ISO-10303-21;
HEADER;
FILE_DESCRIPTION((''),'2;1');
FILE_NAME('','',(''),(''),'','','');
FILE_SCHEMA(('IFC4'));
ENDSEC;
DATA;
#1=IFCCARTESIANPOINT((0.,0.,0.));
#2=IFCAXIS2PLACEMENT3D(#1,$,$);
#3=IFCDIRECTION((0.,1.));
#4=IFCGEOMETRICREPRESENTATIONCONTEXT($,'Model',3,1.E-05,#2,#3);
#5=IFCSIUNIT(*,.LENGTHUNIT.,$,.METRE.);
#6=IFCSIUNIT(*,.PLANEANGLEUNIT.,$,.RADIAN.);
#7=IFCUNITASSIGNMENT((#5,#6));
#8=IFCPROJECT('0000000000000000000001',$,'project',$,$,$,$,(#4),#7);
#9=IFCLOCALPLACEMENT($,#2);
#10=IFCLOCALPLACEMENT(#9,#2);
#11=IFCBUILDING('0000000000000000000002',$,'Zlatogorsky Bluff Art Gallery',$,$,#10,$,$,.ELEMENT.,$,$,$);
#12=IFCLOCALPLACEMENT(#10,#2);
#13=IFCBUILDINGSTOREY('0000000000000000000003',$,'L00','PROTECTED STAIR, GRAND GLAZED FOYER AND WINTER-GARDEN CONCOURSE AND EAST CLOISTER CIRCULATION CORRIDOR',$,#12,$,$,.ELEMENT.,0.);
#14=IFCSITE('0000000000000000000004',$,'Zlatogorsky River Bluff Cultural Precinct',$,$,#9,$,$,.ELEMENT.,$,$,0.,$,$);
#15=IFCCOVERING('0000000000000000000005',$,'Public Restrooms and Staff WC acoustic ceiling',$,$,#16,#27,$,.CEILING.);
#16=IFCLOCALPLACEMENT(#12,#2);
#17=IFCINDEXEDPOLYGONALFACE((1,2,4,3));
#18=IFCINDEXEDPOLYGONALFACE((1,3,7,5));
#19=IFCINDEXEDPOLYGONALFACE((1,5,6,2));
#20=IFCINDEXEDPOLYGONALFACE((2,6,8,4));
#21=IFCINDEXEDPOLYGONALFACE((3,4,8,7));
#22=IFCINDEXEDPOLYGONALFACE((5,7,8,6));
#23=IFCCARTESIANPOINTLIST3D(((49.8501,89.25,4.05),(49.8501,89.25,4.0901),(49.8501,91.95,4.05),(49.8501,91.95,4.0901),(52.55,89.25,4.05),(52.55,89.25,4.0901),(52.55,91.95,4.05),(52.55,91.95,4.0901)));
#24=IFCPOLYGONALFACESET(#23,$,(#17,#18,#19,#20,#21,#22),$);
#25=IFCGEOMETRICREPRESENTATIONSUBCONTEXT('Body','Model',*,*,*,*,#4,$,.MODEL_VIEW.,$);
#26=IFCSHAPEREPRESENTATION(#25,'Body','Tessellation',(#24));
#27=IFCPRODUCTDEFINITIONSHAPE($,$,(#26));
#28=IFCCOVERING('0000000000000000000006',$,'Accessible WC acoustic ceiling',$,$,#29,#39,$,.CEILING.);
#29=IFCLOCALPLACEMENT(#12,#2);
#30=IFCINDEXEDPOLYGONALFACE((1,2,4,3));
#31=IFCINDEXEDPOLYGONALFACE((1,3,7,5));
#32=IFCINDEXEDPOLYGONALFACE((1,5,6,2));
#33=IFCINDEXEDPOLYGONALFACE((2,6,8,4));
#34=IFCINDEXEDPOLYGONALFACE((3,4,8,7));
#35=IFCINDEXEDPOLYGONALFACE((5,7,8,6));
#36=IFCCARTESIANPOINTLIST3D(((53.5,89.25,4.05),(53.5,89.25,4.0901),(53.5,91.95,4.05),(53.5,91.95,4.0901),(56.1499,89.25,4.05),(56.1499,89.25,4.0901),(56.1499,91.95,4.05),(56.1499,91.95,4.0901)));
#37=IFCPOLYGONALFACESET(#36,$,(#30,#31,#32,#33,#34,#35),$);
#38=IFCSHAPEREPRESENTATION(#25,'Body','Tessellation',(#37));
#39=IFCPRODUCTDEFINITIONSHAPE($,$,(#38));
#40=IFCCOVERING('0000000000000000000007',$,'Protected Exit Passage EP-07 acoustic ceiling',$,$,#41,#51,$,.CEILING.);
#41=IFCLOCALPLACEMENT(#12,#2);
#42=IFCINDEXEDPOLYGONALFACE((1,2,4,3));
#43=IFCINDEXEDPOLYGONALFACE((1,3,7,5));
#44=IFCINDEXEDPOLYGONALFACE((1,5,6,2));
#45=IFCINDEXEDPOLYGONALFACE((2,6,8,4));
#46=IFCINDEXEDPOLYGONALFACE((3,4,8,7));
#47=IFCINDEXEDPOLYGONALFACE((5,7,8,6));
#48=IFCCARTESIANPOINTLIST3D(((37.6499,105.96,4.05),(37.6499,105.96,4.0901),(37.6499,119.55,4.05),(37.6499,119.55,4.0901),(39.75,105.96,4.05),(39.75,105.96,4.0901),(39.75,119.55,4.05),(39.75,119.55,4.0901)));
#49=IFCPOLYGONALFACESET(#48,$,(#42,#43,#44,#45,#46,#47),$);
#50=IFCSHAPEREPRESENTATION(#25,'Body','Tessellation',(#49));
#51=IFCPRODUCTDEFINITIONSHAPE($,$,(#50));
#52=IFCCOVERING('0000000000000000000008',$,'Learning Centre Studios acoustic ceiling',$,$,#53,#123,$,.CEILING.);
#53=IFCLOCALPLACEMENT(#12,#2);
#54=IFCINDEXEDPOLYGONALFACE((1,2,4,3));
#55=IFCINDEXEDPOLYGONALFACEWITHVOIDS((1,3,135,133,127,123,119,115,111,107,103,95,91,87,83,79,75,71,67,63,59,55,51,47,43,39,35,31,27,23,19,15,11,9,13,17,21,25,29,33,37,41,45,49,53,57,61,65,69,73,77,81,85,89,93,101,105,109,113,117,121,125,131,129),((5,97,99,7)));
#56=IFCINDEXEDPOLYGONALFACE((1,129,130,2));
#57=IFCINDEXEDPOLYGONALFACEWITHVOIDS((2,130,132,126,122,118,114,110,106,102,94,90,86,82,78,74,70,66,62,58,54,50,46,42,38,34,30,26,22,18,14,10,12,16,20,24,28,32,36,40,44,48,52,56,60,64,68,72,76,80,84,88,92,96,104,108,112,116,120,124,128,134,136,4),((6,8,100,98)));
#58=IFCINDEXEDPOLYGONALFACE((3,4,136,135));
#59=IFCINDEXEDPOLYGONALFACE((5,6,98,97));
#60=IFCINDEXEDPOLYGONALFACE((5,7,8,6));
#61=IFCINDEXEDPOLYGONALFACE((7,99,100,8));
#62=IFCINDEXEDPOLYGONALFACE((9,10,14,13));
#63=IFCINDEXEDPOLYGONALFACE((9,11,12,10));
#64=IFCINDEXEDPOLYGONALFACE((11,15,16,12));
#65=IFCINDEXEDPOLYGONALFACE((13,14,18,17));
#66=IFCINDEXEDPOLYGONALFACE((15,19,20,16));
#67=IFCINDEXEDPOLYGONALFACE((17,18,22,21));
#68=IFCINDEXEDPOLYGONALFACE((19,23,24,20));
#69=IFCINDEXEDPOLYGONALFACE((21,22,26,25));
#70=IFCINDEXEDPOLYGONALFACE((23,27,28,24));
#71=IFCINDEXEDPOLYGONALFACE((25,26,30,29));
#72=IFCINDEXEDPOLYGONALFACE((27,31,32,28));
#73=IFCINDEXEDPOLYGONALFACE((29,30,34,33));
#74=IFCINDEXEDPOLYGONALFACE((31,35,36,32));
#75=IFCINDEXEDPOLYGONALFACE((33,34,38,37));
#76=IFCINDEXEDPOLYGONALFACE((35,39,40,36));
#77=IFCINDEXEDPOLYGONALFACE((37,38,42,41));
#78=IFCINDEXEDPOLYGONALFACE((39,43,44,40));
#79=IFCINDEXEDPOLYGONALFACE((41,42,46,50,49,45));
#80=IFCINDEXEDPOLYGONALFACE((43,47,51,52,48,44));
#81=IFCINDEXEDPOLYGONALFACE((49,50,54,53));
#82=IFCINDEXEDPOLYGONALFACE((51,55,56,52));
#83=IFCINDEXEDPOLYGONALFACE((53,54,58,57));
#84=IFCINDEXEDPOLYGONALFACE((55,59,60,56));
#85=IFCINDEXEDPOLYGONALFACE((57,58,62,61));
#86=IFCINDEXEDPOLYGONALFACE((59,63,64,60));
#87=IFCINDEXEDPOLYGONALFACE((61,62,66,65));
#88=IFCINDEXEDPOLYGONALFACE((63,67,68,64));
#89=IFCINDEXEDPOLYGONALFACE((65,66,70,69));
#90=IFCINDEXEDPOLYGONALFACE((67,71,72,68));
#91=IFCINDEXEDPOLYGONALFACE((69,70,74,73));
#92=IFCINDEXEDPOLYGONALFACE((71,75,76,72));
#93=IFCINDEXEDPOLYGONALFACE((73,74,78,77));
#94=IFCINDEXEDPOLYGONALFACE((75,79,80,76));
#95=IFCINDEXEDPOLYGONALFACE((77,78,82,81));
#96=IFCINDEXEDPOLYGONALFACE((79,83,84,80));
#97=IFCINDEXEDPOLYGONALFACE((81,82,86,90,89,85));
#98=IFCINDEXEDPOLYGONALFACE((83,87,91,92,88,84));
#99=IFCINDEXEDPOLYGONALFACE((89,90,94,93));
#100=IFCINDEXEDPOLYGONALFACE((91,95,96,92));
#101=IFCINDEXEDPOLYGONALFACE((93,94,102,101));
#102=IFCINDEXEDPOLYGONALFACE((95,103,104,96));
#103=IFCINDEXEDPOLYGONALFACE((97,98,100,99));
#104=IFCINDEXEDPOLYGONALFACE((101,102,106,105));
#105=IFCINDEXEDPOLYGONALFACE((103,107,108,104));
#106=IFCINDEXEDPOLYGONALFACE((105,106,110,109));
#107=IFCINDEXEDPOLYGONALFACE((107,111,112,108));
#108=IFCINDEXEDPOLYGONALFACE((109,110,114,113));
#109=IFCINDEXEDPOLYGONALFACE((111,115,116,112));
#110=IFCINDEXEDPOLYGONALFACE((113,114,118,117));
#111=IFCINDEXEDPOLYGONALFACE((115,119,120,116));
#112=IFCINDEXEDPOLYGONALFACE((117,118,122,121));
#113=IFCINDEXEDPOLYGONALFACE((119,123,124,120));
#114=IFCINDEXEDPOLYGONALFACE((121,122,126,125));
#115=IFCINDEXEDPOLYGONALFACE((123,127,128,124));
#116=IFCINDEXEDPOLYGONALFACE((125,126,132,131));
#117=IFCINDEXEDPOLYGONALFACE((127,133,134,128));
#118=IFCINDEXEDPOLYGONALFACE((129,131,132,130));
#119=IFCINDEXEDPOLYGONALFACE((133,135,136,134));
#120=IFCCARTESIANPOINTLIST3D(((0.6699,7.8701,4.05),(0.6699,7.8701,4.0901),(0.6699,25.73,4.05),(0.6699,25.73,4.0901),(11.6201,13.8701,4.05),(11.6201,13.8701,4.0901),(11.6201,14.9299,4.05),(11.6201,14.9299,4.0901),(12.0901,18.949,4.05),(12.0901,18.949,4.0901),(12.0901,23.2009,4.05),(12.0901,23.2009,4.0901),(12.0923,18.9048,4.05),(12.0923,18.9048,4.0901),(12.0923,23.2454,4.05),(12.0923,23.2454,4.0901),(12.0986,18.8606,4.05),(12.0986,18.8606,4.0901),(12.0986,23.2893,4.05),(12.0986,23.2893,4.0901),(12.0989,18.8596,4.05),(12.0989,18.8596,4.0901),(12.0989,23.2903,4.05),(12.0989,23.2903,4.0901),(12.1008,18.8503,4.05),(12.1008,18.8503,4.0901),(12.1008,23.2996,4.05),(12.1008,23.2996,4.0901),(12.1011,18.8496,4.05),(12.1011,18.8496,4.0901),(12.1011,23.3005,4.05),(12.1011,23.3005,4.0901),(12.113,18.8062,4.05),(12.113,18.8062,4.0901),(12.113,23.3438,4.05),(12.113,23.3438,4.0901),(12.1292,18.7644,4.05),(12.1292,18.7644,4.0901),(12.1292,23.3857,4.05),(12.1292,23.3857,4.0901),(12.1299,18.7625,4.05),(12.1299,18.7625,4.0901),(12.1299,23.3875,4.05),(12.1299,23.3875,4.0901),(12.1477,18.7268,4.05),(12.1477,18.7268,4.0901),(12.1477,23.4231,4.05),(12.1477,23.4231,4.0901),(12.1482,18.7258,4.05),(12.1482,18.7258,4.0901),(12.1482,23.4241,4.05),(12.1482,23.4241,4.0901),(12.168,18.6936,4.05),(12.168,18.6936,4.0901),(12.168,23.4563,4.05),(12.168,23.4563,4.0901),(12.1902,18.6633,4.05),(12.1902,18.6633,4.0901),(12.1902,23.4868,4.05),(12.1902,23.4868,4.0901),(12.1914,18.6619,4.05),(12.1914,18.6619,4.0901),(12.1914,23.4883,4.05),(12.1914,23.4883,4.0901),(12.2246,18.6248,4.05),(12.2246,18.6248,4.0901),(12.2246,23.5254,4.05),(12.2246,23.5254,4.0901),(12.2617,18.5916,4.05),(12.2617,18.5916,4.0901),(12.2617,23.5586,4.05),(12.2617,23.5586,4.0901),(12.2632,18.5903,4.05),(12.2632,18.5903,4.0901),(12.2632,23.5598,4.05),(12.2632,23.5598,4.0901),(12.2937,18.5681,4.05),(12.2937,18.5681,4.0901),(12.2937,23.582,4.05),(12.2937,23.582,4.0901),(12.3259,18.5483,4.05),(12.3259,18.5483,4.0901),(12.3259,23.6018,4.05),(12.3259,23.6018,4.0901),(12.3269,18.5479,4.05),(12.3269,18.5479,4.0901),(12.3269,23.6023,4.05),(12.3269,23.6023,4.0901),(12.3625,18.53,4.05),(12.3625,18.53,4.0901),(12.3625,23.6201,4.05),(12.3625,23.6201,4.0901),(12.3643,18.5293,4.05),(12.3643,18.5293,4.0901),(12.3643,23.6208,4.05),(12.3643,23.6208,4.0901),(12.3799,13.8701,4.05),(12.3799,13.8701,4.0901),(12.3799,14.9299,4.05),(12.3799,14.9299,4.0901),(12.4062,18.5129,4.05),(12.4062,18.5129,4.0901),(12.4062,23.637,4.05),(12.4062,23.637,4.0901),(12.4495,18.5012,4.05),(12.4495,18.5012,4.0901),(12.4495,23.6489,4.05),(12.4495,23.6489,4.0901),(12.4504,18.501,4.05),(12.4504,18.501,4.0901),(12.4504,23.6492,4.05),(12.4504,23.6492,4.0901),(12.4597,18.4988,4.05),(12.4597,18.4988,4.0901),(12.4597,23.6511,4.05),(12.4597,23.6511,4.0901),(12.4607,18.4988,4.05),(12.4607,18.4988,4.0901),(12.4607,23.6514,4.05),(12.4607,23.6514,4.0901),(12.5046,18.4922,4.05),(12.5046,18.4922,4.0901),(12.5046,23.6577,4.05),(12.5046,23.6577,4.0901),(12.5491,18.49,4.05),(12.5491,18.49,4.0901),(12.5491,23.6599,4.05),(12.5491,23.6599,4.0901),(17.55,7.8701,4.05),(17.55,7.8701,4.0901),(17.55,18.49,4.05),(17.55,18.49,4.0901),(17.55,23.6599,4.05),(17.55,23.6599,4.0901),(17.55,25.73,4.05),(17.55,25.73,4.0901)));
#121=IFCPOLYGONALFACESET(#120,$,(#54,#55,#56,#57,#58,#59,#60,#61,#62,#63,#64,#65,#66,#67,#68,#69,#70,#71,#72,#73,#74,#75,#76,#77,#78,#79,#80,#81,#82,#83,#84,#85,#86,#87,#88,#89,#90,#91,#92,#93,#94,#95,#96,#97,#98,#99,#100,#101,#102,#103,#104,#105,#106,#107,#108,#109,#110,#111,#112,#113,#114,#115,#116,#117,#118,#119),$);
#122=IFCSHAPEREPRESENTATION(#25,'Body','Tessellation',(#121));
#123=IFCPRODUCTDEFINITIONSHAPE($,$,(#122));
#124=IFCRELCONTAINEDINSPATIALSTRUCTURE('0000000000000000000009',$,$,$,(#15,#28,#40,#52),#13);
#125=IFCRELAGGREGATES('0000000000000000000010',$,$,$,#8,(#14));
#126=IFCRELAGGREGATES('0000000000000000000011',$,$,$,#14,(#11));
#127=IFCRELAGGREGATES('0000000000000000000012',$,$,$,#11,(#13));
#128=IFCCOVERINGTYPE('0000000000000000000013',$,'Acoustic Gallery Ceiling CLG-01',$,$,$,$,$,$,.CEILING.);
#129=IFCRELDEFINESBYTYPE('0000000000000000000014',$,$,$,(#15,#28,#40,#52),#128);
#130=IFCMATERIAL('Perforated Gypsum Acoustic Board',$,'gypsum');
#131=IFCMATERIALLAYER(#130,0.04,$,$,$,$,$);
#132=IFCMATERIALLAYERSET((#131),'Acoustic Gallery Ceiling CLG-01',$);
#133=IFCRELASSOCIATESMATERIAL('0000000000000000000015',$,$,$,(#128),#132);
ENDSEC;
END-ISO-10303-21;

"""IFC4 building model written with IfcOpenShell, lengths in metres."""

from ifc_helpers import new_model, si_unit, direction, frame, origin, place, context, subcontext, project, spatial, polyline, outline, extrude, material, layer, layer_set, type_object, element, save


model = new_model("IFC4")

# Units and contexts
model_context = context("Model", 3, precision=1e-05, world=origin(), true_north=direction((0.0, 1.0)))
body_context = subcontext(model_context, "Body", "Model", "MODEL_VIEW")
ifc_project = project(units=[si_unit("LENGTHUNIT", "METRE"), si_unit("PLANEANGLEUNIT", "RADIAN")], contexts=[model_context])

# Site, building, storey
site_placement = place(None, origin())
site = spatial("IfcSite", under=ifc_project, at=site_placement, Name="Zlatogorsky River Bluff Cultural Precinct", CompositionType="ELEMENT", RefElevation=0.0)
building_placement = place(site_placement, origin())
building = spatial("IfcBuilding", under=site, at=building_placement, Name="Zlatogorsky Bluff Art Gallery", CompositionType="ELEMENT")
storey_placement = place(building_placement, origin())
storey = spatial("IfcBuildingStorey", under=building, at=storey_placement, Name="L00", Description="PROTECTED STAIR, GRAND GLAZED FOYER AND WINTER-GARDEN CONCOURSE AND EAST CLOISTER CIRCULATION CORRIDOR", CompositionType="ELEMENT", Elevation=0.0)

# Coverings
ifc_material_1 = material(Name="Perforated Gypsum Acoustic Board", Category="gypsum")
ifc_layer_1 = layer(ifc_material_1, 0.04)
ifc_layer_set_1 = layer_set([ifc_layer_1], Name="Acoustic Gallery Ceiling CLG-01")
covering_type_1 = type_object("IfcCoveringType", Name="Acoustic Gallery Ceiling CLG-01", PredefinedType="CEILING", material=ifc_layer_set_1)
covering_1_placement = place(storey_placement, frame((0.0, 0.0, 4.05)))
element("IfcCovering", 1, at=covering_1_placement, inside=storey, type_object=covering_type_1, Name="Public Restrooms and Staff WC acoustic ceiling", PredefinedType="CEILING", context=body_context, shape_type="SweptSolid", body=[
    extrude(outline(polyline([(52.55, 91.95), (52.55, 89.25), (49.8501, 89.25), (49.8501, 91.95), (52.55, 91.95)])), origin(), (0.0, 0.0, 1.0), 0.04),
])
covering_2_placement = place(storey_placement, frame((0.0, 0.0, 4.05)))
element("IfcCovering", 2, at=covering_2_placement, inside=storey, type_object=covering_type_1, Name="Accessible WC acoustic ceiling", PredefinedType="CEILING", context=body_context, shape_type="SweptSolid", body=[
    extrude(outline(polyline([(56.1499, 89.25), (53.5, 89.25), (53.5, 91.95), (56.1499, 91.95), (56.1499, 89.25)])), origin(), (0.0, 0.0, 1.0), 0.04),
])
covering_3_placement = place(storey_placement, frame((0.0, 0.0, 4.05)))
element("IfcCovering", 3, at=covering_3_placement, inside=storey, type_object=covering_type_1, Name="Protected Exit Passage EP-07 acoustic ceiling", PredefinedType="CEILING", context=body_context, shape_type="SweptSolid", body=[
    extrude(outline(polyline([(39.75, 119.55), (39.75, 105.96), (37.6499, 105.96), (37.6499, 119.55), (39.75, 119.55)])), origin(), (0.0, 0.0, 1.0), 0.04),
])
covering_4_placement = place(storey_placement, frame((0.0, 0.0, 4.05)))
element("IfcCovering", 4, at=covering_4_placement, inside=storey, type_object=covering_type_1, Name="Learning Centre Studios acoustic ceiling", PredefinedType="CEILING", context=body_context, shape_type="SweptSolid", body=[
    extrude(outline(polyline([(17.55, 23.6599), (12.5491, 23.6599), (12.5046, 23.6577), (12.4607, 23.6514), (12.4597, 23.6511), (12.4504, 23.6492), (12.4495, 23.6489), (12.4062, 23.637), (12.3643, 23.6208), (12.3625, 23.6201), (12.3269, 23.6023), (12.3259, 23.6018), (12.2937, 23.582), (12.2632, 23.5598), (12.2617, 23.5586), (12.2246, 23.5254), (12.1914, 23.4883), (12.1902, 23.4868), (12.168, 23.4563), (12.1482, 23.4241), (12.1477, 23.4231), (12.1299, 23.3875), (12.1292, 23.3857), (12.113, 23.3438), (12.1011, 23.3005), (12.1008, 23.2996), (12.0989, 23.2903), (12.0986, 23.2893), (12.0923, 23.2454), (12.0901, 23.2009), (12.0901, 18.949), (12.0923, 18.9048), (12.0986, 18.8606), (12.0989, 18.8596), (12.1008, 18.8503), (12.1011, 18.8496), (12.113, 18.8062), (12.1292, 18.7644), (12.1299, 18.7625), (12.1477, 18.7268), (12.1482, 18.7258), (12.168, 18.6936), (12.1902, 18.6633), (12.1914, 18.6619), (12.2246, 18.6248), (12.2617, 18.5916), (12.2632, 18.5903), (12.2937, 18.5681), (12.3259, 18.5483), (12.3269, 18.5479), (12.3625, 18.53), (12.3643, 18.5293), (12.4062, 18.5129), (12.4495, 18.5012), (12.4504, 18.501), (12.4597, 18.4988), (12.4607, 18.4988), (12.5046, 18.4922), (12.5491, 18.49), (17.55, 18.49), (17.55, 7.8701), (0.6699, 7.8701), (0.6699, 25.73), (17.55, 25.73), (17.55, 23.6599)]), holes=[polyline([(11.6201, 14.9299), (11.6201, 13.8701), (12.3799, 13.8701), (12.3799, 14.9299), (11.6201, 14.9299)])]), origin(), (0.0, 0.0, 1.0), 0.04),
])

save(model, "model.ifc")
